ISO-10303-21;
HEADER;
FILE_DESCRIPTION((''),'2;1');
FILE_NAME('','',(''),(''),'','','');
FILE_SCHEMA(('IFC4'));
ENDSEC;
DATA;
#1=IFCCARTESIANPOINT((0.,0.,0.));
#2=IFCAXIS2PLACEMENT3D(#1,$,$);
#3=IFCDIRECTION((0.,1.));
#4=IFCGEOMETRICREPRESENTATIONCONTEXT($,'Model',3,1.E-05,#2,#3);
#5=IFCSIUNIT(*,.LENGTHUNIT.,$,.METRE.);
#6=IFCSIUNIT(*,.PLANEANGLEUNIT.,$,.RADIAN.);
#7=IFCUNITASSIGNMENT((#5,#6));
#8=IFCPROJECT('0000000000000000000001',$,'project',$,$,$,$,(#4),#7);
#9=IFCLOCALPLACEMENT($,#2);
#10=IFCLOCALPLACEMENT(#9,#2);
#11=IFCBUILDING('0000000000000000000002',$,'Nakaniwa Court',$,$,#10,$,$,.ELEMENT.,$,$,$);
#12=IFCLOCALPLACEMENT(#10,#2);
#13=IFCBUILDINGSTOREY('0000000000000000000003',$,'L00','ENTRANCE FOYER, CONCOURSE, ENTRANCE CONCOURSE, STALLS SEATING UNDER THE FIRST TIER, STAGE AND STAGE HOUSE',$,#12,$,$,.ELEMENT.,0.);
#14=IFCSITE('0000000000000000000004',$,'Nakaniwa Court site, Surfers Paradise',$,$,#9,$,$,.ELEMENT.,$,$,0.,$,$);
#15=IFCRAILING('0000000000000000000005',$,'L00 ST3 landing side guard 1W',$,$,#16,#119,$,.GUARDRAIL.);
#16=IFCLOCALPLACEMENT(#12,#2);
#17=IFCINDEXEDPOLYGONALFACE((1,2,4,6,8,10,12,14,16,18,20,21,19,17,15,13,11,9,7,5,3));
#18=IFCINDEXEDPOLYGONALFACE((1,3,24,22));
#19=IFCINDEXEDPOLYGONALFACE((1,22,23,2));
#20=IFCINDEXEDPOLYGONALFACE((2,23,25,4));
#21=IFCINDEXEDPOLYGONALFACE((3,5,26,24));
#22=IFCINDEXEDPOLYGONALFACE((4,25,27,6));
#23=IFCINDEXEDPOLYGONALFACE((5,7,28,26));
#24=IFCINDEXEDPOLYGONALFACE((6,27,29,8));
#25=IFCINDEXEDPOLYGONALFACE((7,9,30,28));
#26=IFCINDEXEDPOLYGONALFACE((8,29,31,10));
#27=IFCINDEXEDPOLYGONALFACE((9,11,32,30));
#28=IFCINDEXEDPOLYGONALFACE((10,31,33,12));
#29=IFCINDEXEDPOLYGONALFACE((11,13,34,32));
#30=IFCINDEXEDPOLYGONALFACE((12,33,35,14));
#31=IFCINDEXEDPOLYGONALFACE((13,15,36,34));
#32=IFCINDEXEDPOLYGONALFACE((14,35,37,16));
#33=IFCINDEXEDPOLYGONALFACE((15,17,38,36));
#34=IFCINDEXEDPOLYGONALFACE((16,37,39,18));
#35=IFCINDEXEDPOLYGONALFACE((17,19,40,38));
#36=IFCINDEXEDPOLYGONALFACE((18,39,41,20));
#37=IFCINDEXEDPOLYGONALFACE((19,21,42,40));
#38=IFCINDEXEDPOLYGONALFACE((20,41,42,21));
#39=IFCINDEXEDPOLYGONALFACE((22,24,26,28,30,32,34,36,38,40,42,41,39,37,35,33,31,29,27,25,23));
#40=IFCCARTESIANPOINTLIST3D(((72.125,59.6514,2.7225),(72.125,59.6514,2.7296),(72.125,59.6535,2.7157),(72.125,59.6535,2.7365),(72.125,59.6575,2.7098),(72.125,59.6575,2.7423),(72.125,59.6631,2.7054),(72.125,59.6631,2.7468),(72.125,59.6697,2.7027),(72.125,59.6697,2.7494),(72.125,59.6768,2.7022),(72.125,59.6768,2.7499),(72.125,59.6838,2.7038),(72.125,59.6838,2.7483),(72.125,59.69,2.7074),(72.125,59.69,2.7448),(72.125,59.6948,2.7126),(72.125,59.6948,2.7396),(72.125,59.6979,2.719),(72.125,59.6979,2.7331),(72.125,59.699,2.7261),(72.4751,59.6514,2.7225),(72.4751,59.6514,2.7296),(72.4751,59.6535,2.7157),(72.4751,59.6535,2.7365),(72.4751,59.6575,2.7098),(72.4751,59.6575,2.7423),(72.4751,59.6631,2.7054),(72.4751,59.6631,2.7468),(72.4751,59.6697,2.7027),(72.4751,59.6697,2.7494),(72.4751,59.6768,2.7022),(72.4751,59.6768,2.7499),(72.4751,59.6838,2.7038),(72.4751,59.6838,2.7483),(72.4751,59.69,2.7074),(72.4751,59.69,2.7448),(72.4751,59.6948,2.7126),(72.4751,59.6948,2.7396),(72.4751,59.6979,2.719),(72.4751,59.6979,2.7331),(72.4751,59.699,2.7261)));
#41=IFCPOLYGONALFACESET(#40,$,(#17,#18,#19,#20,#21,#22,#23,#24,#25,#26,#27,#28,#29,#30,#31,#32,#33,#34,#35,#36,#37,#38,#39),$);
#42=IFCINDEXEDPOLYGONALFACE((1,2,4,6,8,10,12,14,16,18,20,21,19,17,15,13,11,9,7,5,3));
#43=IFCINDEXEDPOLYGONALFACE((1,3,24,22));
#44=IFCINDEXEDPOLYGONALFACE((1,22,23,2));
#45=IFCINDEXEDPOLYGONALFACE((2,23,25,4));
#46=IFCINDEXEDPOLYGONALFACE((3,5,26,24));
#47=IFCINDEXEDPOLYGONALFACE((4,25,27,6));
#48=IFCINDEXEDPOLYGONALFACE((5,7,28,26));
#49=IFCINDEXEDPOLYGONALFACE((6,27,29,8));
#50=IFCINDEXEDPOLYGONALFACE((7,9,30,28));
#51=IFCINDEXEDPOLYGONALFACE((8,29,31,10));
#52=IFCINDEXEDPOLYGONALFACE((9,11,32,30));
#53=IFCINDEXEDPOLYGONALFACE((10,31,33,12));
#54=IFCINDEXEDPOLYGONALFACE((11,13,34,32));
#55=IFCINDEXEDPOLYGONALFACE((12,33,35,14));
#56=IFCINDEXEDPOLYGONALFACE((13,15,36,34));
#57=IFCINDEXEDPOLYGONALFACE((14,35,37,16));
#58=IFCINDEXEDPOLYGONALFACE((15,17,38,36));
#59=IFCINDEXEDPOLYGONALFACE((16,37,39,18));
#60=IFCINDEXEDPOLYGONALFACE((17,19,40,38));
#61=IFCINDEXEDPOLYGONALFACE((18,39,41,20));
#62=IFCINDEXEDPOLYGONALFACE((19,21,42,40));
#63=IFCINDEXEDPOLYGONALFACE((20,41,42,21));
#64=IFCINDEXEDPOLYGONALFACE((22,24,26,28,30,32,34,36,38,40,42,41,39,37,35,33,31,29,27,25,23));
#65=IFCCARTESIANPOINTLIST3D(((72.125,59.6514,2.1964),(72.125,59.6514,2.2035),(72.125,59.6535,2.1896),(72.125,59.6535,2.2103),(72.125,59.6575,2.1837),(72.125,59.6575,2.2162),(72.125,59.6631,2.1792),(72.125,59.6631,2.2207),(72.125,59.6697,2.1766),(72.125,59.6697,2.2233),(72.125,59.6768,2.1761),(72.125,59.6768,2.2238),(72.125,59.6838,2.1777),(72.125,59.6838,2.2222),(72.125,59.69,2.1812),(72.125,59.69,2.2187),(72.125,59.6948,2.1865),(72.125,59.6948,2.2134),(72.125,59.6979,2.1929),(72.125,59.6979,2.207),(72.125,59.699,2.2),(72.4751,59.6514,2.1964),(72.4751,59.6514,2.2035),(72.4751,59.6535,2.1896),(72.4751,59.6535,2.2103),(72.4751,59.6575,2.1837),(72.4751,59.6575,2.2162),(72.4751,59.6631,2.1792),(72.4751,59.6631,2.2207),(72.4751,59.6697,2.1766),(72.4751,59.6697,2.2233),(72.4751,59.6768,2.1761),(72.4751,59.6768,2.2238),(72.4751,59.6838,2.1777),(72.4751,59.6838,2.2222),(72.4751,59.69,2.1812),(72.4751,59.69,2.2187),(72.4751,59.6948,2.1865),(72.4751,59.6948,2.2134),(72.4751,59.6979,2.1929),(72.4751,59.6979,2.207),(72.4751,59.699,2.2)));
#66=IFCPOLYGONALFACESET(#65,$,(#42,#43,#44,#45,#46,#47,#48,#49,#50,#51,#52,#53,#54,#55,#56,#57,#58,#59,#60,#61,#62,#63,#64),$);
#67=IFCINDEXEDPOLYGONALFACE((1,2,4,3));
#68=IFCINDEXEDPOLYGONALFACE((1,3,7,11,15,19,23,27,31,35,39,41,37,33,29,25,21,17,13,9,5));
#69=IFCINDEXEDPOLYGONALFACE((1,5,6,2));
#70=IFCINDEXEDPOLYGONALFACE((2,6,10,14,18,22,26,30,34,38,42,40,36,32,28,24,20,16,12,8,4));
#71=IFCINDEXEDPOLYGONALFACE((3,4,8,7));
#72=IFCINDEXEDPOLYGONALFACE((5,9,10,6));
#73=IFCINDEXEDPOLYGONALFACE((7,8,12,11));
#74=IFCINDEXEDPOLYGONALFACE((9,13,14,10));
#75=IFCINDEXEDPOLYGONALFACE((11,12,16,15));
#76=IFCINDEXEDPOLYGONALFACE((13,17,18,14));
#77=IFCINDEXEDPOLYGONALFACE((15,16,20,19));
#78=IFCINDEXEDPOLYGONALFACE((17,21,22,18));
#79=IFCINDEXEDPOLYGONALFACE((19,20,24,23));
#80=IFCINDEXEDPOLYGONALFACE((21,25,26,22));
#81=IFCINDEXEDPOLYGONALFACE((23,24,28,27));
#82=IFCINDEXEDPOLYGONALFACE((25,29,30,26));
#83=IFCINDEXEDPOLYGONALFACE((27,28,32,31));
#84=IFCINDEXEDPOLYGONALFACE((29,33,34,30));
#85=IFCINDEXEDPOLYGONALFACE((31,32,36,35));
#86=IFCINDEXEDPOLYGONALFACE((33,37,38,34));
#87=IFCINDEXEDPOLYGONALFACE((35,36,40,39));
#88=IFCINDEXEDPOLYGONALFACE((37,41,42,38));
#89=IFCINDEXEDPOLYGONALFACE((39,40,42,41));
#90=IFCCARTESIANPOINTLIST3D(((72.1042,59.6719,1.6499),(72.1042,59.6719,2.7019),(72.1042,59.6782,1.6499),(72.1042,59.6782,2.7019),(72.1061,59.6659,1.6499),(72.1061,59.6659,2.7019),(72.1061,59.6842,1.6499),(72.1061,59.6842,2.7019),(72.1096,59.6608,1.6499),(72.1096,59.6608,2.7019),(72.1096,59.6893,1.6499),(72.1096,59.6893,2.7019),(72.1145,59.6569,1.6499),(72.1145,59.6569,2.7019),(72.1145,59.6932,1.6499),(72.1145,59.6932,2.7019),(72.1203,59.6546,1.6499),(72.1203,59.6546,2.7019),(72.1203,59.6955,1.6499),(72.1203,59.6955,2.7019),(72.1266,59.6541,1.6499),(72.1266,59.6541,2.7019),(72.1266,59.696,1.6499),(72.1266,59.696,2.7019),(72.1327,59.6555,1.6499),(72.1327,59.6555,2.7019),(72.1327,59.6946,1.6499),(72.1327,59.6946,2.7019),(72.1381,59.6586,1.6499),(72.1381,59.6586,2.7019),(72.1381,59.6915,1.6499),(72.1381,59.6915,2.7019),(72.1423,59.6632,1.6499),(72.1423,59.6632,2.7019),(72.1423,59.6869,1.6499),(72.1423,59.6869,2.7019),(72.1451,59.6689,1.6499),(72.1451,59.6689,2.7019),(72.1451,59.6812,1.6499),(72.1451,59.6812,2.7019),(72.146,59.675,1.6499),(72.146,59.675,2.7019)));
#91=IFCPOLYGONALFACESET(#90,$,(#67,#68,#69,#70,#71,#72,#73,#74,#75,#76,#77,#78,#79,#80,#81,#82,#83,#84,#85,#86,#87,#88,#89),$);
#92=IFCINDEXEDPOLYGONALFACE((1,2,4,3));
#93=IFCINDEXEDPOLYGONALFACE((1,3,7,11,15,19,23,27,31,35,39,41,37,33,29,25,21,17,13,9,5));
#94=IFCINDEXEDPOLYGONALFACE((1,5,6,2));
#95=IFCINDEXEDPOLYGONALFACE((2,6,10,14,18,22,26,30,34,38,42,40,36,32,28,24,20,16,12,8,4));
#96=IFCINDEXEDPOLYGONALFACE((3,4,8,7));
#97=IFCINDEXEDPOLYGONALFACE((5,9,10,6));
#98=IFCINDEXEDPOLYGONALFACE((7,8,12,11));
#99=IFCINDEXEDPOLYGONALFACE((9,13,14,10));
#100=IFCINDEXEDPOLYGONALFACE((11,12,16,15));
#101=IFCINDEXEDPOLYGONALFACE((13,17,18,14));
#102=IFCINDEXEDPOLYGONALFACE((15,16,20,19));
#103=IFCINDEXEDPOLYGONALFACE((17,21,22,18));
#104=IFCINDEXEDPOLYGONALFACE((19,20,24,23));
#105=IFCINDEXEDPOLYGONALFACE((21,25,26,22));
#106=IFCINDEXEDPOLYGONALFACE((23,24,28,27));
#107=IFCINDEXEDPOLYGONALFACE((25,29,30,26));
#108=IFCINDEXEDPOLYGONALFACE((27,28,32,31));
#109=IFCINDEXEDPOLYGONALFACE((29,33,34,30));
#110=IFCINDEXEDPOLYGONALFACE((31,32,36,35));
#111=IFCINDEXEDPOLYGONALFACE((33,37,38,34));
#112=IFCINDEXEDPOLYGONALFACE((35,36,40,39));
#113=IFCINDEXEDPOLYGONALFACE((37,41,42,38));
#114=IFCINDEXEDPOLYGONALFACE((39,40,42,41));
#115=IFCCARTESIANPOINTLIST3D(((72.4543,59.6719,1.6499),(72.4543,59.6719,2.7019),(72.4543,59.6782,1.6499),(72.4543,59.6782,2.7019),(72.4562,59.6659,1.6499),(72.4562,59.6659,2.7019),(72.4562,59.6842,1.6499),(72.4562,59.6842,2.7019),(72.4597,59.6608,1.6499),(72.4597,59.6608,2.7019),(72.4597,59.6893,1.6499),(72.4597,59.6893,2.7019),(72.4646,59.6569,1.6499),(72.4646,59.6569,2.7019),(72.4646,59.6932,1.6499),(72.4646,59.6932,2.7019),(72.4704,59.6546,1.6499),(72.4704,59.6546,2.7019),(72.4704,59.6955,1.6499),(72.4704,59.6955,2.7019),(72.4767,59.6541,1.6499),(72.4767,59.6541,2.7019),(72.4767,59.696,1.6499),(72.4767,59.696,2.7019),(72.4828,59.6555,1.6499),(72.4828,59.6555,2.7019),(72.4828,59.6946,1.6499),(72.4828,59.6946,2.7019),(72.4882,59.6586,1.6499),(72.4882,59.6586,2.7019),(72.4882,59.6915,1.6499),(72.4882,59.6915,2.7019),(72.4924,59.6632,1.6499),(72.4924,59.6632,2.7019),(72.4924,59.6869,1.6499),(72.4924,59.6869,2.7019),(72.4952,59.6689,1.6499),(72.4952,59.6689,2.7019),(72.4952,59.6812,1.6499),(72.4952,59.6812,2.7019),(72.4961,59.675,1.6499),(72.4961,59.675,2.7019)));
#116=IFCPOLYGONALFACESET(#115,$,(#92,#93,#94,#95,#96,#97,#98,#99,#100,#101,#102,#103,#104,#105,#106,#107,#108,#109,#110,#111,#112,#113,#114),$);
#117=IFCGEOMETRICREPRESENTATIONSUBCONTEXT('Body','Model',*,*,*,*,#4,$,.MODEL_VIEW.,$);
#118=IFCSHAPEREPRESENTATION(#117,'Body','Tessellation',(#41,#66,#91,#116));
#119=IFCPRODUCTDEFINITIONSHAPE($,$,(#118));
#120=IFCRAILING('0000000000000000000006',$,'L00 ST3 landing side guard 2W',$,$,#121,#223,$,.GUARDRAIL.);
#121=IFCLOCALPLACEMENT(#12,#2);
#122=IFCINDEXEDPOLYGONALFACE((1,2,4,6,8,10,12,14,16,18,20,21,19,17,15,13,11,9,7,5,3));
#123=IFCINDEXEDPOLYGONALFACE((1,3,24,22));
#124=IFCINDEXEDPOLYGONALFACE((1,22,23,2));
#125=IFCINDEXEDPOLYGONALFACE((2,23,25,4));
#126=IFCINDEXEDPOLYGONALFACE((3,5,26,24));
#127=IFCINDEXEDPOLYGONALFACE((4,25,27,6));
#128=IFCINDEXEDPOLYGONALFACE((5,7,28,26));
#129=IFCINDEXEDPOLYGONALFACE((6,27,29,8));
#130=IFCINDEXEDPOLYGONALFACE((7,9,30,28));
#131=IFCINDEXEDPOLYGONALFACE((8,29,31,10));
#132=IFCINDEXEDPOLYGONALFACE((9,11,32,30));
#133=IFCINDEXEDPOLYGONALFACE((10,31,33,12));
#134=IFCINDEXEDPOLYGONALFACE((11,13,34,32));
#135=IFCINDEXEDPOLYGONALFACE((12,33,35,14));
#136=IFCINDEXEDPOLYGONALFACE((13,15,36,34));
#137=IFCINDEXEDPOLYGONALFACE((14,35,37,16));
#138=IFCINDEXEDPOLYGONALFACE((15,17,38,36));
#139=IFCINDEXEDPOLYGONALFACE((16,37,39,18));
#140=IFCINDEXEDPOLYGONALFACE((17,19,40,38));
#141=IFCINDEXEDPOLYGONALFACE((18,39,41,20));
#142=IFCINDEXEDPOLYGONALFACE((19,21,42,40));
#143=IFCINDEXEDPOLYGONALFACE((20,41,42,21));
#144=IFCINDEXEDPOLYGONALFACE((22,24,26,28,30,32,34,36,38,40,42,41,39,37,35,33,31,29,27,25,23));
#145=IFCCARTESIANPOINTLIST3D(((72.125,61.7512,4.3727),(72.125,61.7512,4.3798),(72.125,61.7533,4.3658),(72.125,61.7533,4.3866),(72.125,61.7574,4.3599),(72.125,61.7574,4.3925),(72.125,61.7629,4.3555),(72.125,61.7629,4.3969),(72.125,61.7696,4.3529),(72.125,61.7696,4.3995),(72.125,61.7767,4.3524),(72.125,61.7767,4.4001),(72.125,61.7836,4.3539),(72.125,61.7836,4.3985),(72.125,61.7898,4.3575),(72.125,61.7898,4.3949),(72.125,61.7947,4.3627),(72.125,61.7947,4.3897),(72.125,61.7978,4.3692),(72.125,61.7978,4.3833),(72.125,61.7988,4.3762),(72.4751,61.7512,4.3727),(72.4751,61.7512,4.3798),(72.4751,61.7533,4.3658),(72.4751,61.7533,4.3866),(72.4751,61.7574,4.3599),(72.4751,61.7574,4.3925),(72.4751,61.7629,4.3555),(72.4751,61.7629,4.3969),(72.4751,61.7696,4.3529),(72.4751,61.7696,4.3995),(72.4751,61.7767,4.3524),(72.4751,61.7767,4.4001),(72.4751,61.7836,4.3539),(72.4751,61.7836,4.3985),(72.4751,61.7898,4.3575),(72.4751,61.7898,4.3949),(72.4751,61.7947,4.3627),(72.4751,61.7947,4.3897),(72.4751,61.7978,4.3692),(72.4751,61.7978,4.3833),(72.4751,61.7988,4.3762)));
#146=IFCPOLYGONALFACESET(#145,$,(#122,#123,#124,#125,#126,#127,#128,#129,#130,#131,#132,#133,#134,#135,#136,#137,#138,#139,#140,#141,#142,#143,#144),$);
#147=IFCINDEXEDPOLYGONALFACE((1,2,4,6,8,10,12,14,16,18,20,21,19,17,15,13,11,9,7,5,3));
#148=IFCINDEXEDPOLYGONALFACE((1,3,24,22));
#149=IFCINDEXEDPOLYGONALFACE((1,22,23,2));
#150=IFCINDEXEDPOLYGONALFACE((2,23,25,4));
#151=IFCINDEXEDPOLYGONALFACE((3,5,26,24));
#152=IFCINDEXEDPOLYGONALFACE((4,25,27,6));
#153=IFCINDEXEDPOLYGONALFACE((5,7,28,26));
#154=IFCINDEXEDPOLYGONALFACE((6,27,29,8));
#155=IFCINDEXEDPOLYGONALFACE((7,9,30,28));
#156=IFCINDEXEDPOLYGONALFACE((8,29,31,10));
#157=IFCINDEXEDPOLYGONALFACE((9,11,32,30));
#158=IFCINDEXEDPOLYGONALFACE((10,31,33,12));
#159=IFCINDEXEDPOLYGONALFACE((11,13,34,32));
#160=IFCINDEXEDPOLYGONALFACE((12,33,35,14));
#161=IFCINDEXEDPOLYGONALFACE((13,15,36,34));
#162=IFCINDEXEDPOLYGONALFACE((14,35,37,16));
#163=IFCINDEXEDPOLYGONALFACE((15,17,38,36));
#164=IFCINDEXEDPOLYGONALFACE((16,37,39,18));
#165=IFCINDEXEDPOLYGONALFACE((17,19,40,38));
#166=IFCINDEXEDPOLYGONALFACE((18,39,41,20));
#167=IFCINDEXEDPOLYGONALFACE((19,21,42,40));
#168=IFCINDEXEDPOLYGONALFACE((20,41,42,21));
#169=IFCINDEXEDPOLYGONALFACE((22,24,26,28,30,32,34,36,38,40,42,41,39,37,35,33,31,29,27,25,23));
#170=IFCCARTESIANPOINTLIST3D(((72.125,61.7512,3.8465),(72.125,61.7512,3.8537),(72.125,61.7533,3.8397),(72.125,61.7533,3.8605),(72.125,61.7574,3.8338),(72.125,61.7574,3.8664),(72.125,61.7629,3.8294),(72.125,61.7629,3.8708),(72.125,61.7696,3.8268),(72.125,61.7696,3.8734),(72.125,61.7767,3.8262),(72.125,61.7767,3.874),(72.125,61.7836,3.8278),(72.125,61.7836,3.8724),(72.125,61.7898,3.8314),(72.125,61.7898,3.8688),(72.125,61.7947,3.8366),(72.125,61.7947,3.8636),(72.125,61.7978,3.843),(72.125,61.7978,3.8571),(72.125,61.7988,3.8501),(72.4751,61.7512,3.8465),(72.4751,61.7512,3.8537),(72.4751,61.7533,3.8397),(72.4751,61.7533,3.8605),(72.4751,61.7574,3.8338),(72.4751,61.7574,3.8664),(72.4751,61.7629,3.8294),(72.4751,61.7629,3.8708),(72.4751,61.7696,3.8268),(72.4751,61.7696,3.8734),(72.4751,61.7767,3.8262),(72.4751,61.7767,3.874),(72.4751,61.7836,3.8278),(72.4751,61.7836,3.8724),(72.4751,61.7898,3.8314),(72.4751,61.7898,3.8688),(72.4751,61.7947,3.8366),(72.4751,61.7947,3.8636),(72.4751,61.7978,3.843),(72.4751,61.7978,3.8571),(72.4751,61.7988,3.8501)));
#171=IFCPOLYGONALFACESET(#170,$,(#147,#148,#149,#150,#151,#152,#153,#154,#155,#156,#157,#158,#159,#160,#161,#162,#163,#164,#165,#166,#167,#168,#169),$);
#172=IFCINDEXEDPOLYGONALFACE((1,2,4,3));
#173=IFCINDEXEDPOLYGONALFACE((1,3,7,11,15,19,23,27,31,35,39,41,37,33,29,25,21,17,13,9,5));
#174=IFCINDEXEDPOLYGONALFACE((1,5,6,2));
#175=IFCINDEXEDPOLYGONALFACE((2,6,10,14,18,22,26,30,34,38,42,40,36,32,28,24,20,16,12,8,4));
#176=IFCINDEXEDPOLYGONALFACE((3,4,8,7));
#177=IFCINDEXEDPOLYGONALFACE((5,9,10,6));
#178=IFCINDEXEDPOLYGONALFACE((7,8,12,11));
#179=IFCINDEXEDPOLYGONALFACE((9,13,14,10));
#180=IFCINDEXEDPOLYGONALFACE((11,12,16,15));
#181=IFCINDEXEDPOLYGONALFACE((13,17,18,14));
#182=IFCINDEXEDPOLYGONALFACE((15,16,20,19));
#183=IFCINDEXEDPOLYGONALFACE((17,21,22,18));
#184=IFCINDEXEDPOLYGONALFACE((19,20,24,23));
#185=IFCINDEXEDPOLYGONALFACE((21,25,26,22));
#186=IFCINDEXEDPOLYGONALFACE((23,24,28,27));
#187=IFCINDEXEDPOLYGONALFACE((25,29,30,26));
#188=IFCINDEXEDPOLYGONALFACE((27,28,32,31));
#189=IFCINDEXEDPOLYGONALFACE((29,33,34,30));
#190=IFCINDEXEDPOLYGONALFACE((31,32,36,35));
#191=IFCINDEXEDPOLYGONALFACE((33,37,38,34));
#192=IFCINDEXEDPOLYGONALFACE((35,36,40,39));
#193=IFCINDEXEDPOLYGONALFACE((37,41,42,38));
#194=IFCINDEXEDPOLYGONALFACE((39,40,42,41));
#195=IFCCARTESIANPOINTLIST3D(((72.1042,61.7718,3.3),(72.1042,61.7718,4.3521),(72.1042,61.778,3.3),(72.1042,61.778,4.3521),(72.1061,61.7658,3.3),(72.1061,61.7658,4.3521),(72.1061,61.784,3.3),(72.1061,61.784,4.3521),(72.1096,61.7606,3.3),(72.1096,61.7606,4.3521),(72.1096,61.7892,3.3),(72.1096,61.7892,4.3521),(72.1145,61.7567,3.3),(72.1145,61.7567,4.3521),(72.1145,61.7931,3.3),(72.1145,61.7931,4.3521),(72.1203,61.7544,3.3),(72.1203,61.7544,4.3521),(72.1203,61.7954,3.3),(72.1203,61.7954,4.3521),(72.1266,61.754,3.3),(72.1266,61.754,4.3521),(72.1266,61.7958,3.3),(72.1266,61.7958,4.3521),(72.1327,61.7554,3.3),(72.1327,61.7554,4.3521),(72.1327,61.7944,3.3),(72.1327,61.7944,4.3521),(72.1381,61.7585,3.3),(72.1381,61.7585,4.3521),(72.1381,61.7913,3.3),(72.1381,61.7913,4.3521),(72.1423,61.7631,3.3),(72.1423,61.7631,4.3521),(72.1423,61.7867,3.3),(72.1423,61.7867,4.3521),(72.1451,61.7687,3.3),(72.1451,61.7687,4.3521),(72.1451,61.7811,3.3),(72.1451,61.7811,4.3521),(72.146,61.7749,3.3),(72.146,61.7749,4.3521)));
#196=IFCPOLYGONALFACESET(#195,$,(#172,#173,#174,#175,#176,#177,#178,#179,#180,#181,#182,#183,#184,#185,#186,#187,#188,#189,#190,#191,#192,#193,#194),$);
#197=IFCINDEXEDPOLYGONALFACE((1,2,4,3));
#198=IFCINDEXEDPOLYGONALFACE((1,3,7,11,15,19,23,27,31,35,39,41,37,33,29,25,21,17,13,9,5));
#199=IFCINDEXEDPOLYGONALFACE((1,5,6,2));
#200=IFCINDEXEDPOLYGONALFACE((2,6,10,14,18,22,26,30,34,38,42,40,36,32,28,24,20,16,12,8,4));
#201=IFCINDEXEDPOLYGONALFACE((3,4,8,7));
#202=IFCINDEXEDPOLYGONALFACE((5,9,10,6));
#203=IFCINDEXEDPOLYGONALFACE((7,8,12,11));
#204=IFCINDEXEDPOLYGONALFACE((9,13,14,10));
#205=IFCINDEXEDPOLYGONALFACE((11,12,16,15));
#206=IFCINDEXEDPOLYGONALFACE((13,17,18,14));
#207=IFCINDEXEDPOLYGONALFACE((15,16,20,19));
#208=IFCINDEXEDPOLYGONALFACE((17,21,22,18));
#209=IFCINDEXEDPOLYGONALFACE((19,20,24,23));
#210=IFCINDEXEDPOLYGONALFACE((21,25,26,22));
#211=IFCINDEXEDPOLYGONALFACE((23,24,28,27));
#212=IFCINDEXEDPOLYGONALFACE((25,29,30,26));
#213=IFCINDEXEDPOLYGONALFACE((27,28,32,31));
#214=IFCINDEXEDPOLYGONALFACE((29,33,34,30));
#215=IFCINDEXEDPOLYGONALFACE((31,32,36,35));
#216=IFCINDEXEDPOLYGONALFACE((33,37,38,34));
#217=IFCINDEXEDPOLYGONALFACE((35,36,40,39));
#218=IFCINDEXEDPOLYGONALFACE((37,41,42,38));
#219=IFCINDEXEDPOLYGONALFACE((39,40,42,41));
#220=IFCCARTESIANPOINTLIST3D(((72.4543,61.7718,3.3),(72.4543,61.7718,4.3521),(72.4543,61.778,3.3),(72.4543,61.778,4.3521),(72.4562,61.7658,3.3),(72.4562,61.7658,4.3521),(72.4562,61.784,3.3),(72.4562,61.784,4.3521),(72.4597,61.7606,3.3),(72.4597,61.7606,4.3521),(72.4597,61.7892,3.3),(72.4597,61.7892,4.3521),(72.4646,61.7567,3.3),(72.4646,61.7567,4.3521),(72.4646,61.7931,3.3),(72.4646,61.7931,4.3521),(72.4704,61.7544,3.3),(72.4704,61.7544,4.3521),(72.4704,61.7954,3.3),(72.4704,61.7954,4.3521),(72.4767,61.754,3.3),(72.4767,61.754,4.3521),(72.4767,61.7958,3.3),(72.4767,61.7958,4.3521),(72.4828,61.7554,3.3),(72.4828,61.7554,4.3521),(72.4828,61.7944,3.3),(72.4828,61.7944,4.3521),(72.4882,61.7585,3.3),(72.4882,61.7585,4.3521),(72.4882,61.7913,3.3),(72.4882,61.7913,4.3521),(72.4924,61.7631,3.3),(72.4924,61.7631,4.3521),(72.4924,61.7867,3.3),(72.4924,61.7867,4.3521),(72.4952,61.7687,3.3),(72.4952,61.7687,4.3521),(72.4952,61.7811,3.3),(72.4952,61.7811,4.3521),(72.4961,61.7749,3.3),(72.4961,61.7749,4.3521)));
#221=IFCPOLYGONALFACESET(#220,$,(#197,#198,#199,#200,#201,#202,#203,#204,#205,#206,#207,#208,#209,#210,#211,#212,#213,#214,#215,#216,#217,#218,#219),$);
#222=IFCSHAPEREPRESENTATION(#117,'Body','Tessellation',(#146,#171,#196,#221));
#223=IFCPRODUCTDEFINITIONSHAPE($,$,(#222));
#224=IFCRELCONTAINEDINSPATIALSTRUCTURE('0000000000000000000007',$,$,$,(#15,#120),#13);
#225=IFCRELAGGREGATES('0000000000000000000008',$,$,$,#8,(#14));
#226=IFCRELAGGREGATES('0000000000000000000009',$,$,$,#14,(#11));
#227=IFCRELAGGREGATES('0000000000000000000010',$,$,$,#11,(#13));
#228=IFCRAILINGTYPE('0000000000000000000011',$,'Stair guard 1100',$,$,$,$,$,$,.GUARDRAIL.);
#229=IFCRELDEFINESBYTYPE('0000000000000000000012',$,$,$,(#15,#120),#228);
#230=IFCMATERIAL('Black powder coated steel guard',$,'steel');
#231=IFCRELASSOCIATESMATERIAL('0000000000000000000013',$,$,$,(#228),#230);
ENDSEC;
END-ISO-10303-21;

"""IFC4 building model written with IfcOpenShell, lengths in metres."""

from ifc_helpers import new_model, si_unit, direction, frame, origin, origin_2d, place, context, subcontext, project, spatial, circle, extrude, material, type_object, element, save


model = new_model("IFC4")

# Units and contexts
model_context = context("Model", 3, precision=1e-05, world=origin(), true_north=direction((0.0, 1.0)))
body_context = subcontext(model_context, "Body", "Model", "MODEL_VIEW")
ifc_project = project(units=[si_unit("LENGTHUNIT", "METRE"), si_unit("PLANEANGLEUNIT", "RADIAN")], contexts=[model_context])

# Site, building, storey
site_placement = place(None, origin())
site = spatial("IfcSite", under=ifc_project, at=site_placement, Name="Nakaniwa Court site, Surfers Paradise", CompositionType="ELEMENT", RefElevation=0.0)
building_placement = place(site_placement, origin())
building = spatial("IfcBuilding", under=site, at=building_placement, Name="Nakaniwa Court", CompositionType="ELEMENT")
storey_placement = place(building_placement, origin())
storey = spatial("IfcBuildingStorey", under=building, at=storey_placement, Name="L00", Description="ENTRANCE FOYER, CONCOURSE, ENTRANCE CONCOURSE, STALLS SEATING UNDER THE FIRST TIER, STAGE AND STAGE HOUSE", CompositionType="ELEMENT", Elevation=0.0)

# Railings
ifc_material_1 = material(Name="Black powder coated steel guard", Category="steel")
railing_type_1 = type_object("IfcRailingType", Name="Stair guard 1100", PredefinedType="GUARDRAIL", material=ifc_material_1)
for number, where, name in (
    (1, (72.125, 59.675, 1.6499), "L00 ST3 landing side guard 1W"),
    (2, (72.125, 61.7749, 3.3), "L00 ST3 landing side guard 2W"),
):
    element("IfcRailing", number, at=place(storey_placement, frame(where)), inside=storey, type_object=railing_type_1, Name=name, PredefinedType="GUARDRAIL", context=body_context, shape_type="SweptSolid", body=[
        extrude(circle(Radius=0.0239, at=origin_2d()), frame((0.0, 0.0, 1.0762), z_axis=(1.0, 0.0, 0.0), x_axis=(0.0, 1.0, 0.0)), (0.0, 0.0, 1.0), 0.3501),
        extrude(circle(Radius=0.0239, at=origin_2d()), frame((0.0, 0.0, 0.55), z_axis=(1.0, 0.0, 0.0), x_axis=(0.0, 1.0, 0.0)), (0.0, 0.0, 1.0), 0.3501),
        extrude(circle(Radius=0.021, at=origin_2d()), origin(), (0.0, 0.0, 1.0), 1.052),
        extrude(circle(Radius=0.021, at=origin_2d()), frame((0.3501, 0.0, 0.0)), (0.0, 0.0, 1.0), 1.052),
    ])

save(model, "model.ifc")
